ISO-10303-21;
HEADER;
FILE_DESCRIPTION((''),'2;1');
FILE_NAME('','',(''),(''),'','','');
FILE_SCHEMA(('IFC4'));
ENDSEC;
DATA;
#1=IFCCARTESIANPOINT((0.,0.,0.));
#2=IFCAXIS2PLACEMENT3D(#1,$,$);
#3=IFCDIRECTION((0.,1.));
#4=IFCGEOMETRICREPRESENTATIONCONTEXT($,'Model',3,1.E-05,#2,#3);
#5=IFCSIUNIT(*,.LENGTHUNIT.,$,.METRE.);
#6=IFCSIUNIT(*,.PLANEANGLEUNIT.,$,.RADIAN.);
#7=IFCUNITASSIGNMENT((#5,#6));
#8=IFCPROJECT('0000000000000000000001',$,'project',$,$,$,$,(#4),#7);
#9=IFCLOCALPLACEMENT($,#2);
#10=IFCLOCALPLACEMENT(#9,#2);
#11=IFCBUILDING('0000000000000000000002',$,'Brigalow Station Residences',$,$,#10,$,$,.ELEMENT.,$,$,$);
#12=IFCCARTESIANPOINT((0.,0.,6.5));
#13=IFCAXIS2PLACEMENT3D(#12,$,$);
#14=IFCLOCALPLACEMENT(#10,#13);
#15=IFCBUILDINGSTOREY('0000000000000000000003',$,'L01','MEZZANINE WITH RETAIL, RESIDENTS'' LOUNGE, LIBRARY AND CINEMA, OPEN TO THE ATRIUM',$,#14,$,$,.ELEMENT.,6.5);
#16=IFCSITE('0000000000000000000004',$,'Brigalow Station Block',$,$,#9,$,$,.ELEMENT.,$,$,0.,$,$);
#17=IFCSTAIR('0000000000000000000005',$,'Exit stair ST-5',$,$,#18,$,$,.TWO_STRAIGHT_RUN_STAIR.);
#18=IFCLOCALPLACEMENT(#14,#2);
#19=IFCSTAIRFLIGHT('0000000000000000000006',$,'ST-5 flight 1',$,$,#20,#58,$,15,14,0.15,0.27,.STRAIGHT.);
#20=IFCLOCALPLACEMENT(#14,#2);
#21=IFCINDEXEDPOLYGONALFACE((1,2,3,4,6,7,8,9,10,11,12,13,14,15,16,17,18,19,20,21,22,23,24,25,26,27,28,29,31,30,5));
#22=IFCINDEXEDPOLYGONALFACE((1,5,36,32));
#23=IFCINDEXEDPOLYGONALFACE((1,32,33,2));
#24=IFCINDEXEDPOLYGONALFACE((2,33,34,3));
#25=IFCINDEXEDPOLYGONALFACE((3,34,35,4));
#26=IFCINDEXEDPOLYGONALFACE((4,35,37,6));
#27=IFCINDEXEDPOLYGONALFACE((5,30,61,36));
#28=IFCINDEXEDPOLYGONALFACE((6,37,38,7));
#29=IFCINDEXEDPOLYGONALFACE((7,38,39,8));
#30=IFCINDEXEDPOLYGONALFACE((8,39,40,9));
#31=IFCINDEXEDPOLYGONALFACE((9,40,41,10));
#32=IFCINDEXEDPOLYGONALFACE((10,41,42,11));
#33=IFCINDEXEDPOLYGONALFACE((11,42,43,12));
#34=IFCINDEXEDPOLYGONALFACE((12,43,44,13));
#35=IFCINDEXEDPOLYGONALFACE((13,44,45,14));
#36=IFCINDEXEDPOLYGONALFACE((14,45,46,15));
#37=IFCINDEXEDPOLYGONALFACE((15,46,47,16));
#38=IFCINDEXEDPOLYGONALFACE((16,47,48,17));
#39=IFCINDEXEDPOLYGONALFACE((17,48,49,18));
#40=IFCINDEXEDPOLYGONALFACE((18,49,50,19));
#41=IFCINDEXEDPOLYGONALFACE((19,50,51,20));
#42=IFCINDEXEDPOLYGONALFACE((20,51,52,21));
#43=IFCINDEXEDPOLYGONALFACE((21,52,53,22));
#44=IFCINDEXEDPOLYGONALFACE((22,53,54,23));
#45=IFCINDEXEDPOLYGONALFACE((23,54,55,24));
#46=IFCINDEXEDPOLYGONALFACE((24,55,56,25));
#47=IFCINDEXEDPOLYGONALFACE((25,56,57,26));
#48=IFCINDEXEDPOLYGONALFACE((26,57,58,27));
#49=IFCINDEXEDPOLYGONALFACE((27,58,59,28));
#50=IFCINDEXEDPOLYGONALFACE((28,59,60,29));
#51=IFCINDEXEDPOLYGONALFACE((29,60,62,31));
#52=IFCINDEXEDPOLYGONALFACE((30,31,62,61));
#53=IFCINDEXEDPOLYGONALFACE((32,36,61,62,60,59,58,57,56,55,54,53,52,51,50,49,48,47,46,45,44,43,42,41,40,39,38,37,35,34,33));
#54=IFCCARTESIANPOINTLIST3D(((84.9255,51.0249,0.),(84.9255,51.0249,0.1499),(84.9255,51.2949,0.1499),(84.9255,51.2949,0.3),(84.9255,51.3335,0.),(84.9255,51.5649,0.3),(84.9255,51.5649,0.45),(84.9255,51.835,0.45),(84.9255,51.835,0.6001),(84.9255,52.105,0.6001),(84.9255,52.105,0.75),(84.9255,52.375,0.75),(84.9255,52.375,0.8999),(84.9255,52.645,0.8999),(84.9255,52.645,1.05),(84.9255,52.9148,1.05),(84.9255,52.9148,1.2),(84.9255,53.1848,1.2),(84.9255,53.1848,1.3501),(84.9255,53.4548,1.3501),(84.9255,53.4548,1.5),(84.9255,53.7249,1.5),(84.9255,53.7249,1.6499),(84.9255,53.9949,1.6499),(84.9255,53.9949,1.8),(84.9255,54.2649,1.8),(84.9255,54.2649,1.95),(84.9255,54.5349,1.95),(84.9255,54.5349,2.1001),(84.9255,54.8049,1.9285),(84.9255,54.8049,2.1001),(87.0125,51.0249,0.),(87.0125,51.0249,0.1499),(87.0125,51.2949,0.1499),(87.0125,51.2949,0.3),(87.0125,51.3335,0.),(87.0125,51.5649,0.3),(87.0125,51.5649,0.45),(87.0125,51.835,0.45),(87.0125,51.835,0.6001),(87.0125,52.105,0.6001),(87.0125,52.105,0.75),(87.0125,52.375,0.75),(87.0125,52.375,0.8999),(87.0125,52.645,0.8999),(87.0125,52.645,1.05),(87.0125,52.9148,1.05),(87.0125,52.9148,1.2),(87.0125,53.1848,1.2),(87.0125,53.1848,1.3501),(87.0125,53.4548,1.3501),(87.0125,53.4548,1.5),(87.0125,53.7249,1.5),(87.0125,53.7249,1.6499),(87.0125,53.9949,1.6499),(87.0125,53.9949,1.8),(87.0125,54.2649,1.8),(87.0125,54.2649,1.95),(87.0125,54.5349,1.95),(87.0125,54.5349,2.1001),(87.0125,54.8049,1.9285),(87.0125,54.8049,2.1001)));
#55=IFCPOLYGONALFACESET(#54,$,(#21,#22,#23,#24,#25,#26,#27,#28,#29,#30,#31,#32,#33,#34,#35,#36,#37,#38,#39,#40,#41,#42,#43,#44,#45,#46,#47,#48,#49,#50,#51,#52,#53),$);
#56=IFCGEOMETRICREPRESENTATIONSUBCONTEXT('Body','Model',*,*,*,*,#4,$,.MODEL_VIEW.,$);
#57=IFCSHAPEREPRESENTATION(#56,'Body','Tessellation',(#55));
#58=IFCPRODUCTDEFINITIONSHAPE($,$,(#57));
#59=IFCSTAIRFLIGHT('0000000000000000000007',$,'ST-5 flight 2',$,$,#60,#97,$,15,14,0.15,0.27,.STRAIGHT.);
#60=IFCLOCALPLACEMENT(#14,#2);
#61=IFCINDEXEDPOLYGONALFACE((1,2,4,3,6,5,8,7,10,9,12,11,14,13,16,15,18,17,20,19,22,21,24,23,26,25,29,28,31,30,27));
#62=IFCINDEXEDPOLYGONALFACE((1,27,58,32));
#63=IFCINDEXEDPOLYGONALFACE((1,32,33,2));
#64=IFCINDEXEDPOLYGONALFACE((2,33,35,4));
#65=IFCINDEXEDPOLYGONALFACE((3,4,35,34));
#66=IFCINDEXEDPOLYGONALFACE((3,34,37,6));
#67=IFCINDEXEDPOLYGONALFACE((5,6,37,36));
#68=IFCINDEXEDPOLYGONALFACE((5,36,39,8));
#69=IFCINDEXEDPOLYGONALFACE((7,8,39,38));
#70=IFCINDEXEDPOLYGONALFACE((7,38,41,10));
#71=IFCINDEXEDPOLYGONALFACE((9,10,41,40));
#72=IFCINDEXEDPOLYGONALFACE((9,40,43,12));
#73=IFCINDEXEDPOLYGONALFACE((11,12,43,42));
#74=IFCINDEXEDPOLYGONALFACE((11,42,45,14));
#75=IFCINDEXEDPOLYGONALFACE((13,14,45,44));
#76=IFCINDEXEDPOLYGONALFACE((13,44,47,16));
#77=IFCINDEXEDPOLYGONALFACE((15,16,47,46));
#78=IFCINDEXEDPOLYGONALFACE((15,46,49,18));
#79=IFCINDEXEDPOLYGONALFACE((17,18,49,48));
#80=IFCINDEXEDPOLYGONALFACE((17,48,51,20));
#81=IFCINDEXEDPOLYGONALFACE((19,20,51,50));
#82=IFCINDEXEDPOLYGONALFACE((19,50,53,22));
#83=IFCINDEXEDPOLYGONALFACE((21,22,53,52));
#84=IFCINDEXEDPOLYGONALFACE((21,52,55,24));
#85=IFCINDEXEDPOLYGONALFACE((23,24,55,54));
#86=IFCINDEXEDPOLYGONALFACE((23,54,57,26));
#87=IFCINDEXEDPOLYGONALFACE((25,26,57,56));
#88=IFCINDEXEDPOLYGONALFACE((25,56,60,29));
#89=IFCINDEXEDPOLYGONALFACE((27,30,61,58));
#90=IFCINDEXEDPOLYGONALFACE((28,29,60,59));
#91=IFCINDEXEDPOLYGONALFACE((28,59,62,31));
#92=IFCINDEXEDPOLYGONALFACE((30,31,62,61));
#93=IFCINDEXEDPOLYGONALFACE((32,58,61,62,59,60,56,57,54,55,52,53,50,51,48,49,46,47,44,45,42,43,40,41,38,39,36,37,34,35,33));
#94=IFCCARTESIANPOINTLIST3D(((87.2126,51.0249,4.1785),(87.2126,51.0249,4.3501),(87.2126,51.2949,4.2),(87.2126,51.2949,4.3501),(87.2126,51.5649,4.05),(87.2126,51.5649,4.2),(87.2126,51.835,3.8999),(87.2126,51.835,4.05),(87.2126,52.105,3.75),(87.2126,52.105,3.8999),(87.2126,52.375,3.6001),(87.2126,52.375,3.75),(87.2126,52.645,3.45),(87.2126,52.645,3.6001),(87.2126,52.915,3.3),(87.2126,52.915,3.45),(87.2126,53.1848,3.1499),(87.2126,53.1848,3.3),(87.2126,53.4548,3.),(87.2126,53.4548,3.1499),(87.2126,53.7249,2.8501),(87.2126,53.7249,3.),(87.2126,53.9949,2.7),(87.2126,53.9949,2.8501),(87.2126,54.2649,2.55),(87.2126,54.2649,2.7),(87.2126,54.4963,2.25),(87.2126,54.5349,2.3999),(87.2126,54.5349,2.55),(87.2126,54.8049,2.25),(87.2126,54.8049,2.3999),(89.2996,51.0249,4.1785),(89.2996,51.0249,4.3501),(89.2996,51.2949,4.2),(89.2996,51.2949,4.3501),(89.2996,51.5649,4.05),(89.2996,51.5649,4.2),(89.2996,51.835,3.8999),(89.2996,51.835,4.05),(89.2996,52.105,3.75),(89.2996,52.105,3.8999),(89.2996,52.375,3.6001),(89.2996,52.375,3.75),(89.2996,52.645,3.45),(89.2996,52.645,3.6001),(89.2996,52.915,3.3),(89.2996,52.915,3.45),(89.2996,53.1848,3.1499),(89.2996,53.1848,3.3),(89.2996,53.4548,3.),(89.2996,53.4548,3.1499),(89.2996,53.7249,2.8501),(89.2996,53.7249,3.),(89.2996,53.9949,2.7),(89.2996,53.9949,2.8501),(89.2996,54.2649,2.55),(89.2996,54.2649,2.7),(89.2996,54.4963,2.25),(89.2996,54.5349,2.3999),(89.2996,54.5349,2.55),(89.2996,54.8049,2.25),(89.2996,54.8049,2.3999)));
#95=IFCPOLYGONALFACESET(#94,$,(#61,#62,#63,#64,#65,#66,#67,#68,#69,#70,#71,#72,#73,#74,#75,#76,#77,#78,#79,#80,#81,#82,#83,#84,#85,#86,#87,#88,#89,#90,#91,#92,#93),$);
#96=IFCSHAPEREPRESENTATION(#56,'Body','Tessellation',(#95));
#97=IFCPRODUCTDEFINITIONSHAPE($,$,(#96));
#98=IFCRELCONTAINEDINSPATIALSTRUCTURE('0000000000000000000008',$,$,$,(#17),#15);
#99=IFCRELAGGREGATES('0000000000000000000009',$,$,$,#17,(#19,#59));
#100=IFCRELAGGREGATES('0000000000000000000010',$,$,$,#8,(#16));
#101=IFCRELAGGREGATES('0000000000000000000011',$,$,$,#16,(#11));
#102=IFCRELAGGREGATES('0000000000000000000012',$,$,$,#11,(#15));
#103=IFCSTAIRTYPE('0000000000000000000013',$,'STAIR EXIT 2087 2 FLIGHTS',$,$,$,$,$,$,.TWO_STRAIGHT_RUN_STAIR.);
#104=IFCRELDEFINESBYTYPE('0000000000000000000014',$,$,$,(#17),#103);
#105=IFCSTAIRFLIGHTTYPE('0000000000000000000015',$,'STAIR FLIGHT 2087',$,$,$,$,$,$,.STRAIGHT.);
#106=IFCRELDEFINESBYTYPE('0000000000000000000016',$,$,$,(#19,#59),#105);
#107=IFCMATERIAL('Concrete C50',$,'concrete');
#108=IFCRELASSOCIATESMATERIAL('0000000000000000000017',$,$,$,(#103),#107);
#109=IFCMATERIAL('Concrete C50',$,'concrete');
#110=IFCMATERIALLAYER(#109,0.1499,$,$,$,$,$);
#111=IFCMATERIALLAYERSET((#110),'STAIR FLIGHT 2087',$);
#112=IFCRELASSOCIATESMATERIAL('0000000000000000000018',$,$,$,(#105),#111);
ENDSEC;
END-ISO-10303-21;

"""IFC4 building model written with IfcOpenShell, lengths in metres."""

from ifc_helpers import new_model, si_unit, direction, frame, origin, place, context, subcontext, project, spatial, polyline, outline, extrude, material, layer, layer_set, type_object, element, aggregate, save


model = new_model("IFC4")

# Units and contexts
model_context = context("Model", 3, precision=1e-05, world=origin(), true_north=direction((0.0, 1.0)))
body_context = subcontext(model_context, "Body", "Model", "MODEL_VIEW")
ifc_project = project(units=[si_unit("LENGTHUNIT", "METRE"), si_unit("PLANEANGLEUNIT", "RADIAN")], contexts=[model_context])

# Site, building, storey
site_placement = place(None, origin())
site = spatial("IfcSite", under=ifc_project, at=site_placement, Name="Brigalow Station Block", CompositionType="ELEMENT", RefElevation=0.0)
building_placement = place(site_placement, origin())
building = spatial("IfcBuilding", under=site, at=building_placement, Name="Brigalow Station Residences", CompositionType="ELEMENT")
storey_placement = place(building_placement, frame((0.0, 0.0, 6.5)))
storey = spatial("IfcBuildingStorey", under=building, at=storey_placement, Name="L01", Description="MEZZANINE WITH RETAIL, RESIDENTS' LOUNGE, LIBRARY AND CINEMA, OPEN TO THE ATRIUM", CompositionType="ELEMENT", Elevation=6.5)

# Stair, stair flights
ifc_material_1 = material(Name="Concrete C50", Category="concrete")
stair_type = type_object("IfcStairType", Name="STAIR EXIT 2087 2 FLIGHTS", PredefinedType="TWO_STRAIGHT_RUN_STAIR", material=ifc_material_1)
stair_placement = place(storey_placement, origin())
stair = element("IfcStair", 1, at=stair_placement, inside=storey, type_object=stair_type, Name="Exit stair ST-5", PredefinedType="TWO_STRAIGHT_RUN_STAIR")
ifc_material_2 = material(Name="Concrete C50", Category="concrete")
ifc_layer_1 = layer(ifc_material_2, 0.1499)
ifc_layer_set_1 = layer_set([ifc_layer_1], Name="STAIR FLIGHT 2087")
stair_flight_type = type_object("IfcStairFlightType", Name="STAIR FLIGHT 2087", PredefinedType="STRAIGHT", material=ifc_layer_set_1)
stair_flight_1_placement = place(storey_placement, frame((85.969, 51.0249, 0.0), z_axis=(0.0, 0.0, 1.0), x_axis=(0.0, 1.0, 0.0)))
stair_flight_1 = element("IfcStairFlight", 2, at=stair_flight_1_placement, type_object=stair_flight_type, Name="ST-5 flight 1", NumberOfRisers=15, NumberOfTreads=14, PredefinedType="STRAIGHT", RiserHeight=0.15, TreadLength=0.27, context=body_context, shape_type="SweptSolid", body=[
    extrude(outline(polyline([(0.0, 0.0), (0.0, 0.1499), (0.27, 0.1499), (0.27, 0.3), (0.54, 0.3), (0.54, 0.45), (0.8101, 0.45), (0.8101, 0.6001), (1.0801, 0.6001), (1.0801, 0.75), (1.3501, 0.75), (1.3501, 0.8999), (1.6201, 0.8999), (1.6201, 1.05), (1.8899, 1.05), (1.8899, 1.2), (2.1599, 1.2), (2.1599, 1.3501), (2.4299, 1.3501), (2.4299, 1.5), (2.7, 1.5), (2.7, 1.6499), (2.97, 1.6499), (2.97, 1.8), (3.24, 1.8), (3.24, 1.95), (3.51, 1.95), (3.51, 2.1001), (3.78, 2.1001), (3.78, 2.25), (3.78, 1.9285), (0.3086, 0.0), (0.0, 0.0)])), frame((0.0, 1.0435, 0.0), z_axis=(0.0, -1.0, 0.0), x_axis=(1.0, 0.0, 0.0)), (0.0, 0.0, 1.0), 2.0869),
])
stair_flight_2_placement = place(storey_placement, frame((88.2561, 54.8049, 2.25), z_axis=(0.0, 0.0, 1.0), x_axis=(0.0, -1.0, 0.0)))
stair_flight_2 = element("IfcStairFlight", 3, at=stair_flight_2_placement, type_object=stair_flight_type, Name="ST-5 flight 2", NumberOfRisers=15, NumberOfTreads=14, PredefinedType="STRAIGHT", RiserHeight=0.15, TreadLength=0.27, context=body_context, shape_type="SweptSolid", body=[
    extrude(outline(polyline([(0.0, 0.0), (0.0, 0.1499), (0.27, 0.1499), (0.27, 0.3), (0.54, 0.3), (0.54, 0.45), (0.8101, 0.45), (0.8101, 0.6001), (1.0801, 0.6001), (1.0801, 0.75), (1.3501, 0.75), (1.3501, 0.8999), (1.6201, 0.8999), (1.6201, 1.05), (1.8899, 1.05), (1.8899, 1.2), (2.1599, 1.2), (2.1599, 1.3501), (2.4299, 1.3501), (2.4299, 1.5), (2.7, 1.5), (2.7, 1.6499), (2.97, 1.6499), (2.97, 1.8), (3.24, 1.8), (3.24, 1.95), (3.51, 1.95), (3.51, 2.1001), (3.78, 2.1001), (3.78, 2.25), (3.78, 1.9285), (0.3086, 0.0), (0.0, 0.0)])), frame((0.0, 1.0435, 0.0), z_axis=(0.0, -1.0, 0.0), x_axis=(1.0, 0.0, 0.0)), (0.0, 0.0, 1.0), 2.0869),
])
aggregate(stair, [stair_flight_1, stair_flight_2])

save(model, "model.ifc")
